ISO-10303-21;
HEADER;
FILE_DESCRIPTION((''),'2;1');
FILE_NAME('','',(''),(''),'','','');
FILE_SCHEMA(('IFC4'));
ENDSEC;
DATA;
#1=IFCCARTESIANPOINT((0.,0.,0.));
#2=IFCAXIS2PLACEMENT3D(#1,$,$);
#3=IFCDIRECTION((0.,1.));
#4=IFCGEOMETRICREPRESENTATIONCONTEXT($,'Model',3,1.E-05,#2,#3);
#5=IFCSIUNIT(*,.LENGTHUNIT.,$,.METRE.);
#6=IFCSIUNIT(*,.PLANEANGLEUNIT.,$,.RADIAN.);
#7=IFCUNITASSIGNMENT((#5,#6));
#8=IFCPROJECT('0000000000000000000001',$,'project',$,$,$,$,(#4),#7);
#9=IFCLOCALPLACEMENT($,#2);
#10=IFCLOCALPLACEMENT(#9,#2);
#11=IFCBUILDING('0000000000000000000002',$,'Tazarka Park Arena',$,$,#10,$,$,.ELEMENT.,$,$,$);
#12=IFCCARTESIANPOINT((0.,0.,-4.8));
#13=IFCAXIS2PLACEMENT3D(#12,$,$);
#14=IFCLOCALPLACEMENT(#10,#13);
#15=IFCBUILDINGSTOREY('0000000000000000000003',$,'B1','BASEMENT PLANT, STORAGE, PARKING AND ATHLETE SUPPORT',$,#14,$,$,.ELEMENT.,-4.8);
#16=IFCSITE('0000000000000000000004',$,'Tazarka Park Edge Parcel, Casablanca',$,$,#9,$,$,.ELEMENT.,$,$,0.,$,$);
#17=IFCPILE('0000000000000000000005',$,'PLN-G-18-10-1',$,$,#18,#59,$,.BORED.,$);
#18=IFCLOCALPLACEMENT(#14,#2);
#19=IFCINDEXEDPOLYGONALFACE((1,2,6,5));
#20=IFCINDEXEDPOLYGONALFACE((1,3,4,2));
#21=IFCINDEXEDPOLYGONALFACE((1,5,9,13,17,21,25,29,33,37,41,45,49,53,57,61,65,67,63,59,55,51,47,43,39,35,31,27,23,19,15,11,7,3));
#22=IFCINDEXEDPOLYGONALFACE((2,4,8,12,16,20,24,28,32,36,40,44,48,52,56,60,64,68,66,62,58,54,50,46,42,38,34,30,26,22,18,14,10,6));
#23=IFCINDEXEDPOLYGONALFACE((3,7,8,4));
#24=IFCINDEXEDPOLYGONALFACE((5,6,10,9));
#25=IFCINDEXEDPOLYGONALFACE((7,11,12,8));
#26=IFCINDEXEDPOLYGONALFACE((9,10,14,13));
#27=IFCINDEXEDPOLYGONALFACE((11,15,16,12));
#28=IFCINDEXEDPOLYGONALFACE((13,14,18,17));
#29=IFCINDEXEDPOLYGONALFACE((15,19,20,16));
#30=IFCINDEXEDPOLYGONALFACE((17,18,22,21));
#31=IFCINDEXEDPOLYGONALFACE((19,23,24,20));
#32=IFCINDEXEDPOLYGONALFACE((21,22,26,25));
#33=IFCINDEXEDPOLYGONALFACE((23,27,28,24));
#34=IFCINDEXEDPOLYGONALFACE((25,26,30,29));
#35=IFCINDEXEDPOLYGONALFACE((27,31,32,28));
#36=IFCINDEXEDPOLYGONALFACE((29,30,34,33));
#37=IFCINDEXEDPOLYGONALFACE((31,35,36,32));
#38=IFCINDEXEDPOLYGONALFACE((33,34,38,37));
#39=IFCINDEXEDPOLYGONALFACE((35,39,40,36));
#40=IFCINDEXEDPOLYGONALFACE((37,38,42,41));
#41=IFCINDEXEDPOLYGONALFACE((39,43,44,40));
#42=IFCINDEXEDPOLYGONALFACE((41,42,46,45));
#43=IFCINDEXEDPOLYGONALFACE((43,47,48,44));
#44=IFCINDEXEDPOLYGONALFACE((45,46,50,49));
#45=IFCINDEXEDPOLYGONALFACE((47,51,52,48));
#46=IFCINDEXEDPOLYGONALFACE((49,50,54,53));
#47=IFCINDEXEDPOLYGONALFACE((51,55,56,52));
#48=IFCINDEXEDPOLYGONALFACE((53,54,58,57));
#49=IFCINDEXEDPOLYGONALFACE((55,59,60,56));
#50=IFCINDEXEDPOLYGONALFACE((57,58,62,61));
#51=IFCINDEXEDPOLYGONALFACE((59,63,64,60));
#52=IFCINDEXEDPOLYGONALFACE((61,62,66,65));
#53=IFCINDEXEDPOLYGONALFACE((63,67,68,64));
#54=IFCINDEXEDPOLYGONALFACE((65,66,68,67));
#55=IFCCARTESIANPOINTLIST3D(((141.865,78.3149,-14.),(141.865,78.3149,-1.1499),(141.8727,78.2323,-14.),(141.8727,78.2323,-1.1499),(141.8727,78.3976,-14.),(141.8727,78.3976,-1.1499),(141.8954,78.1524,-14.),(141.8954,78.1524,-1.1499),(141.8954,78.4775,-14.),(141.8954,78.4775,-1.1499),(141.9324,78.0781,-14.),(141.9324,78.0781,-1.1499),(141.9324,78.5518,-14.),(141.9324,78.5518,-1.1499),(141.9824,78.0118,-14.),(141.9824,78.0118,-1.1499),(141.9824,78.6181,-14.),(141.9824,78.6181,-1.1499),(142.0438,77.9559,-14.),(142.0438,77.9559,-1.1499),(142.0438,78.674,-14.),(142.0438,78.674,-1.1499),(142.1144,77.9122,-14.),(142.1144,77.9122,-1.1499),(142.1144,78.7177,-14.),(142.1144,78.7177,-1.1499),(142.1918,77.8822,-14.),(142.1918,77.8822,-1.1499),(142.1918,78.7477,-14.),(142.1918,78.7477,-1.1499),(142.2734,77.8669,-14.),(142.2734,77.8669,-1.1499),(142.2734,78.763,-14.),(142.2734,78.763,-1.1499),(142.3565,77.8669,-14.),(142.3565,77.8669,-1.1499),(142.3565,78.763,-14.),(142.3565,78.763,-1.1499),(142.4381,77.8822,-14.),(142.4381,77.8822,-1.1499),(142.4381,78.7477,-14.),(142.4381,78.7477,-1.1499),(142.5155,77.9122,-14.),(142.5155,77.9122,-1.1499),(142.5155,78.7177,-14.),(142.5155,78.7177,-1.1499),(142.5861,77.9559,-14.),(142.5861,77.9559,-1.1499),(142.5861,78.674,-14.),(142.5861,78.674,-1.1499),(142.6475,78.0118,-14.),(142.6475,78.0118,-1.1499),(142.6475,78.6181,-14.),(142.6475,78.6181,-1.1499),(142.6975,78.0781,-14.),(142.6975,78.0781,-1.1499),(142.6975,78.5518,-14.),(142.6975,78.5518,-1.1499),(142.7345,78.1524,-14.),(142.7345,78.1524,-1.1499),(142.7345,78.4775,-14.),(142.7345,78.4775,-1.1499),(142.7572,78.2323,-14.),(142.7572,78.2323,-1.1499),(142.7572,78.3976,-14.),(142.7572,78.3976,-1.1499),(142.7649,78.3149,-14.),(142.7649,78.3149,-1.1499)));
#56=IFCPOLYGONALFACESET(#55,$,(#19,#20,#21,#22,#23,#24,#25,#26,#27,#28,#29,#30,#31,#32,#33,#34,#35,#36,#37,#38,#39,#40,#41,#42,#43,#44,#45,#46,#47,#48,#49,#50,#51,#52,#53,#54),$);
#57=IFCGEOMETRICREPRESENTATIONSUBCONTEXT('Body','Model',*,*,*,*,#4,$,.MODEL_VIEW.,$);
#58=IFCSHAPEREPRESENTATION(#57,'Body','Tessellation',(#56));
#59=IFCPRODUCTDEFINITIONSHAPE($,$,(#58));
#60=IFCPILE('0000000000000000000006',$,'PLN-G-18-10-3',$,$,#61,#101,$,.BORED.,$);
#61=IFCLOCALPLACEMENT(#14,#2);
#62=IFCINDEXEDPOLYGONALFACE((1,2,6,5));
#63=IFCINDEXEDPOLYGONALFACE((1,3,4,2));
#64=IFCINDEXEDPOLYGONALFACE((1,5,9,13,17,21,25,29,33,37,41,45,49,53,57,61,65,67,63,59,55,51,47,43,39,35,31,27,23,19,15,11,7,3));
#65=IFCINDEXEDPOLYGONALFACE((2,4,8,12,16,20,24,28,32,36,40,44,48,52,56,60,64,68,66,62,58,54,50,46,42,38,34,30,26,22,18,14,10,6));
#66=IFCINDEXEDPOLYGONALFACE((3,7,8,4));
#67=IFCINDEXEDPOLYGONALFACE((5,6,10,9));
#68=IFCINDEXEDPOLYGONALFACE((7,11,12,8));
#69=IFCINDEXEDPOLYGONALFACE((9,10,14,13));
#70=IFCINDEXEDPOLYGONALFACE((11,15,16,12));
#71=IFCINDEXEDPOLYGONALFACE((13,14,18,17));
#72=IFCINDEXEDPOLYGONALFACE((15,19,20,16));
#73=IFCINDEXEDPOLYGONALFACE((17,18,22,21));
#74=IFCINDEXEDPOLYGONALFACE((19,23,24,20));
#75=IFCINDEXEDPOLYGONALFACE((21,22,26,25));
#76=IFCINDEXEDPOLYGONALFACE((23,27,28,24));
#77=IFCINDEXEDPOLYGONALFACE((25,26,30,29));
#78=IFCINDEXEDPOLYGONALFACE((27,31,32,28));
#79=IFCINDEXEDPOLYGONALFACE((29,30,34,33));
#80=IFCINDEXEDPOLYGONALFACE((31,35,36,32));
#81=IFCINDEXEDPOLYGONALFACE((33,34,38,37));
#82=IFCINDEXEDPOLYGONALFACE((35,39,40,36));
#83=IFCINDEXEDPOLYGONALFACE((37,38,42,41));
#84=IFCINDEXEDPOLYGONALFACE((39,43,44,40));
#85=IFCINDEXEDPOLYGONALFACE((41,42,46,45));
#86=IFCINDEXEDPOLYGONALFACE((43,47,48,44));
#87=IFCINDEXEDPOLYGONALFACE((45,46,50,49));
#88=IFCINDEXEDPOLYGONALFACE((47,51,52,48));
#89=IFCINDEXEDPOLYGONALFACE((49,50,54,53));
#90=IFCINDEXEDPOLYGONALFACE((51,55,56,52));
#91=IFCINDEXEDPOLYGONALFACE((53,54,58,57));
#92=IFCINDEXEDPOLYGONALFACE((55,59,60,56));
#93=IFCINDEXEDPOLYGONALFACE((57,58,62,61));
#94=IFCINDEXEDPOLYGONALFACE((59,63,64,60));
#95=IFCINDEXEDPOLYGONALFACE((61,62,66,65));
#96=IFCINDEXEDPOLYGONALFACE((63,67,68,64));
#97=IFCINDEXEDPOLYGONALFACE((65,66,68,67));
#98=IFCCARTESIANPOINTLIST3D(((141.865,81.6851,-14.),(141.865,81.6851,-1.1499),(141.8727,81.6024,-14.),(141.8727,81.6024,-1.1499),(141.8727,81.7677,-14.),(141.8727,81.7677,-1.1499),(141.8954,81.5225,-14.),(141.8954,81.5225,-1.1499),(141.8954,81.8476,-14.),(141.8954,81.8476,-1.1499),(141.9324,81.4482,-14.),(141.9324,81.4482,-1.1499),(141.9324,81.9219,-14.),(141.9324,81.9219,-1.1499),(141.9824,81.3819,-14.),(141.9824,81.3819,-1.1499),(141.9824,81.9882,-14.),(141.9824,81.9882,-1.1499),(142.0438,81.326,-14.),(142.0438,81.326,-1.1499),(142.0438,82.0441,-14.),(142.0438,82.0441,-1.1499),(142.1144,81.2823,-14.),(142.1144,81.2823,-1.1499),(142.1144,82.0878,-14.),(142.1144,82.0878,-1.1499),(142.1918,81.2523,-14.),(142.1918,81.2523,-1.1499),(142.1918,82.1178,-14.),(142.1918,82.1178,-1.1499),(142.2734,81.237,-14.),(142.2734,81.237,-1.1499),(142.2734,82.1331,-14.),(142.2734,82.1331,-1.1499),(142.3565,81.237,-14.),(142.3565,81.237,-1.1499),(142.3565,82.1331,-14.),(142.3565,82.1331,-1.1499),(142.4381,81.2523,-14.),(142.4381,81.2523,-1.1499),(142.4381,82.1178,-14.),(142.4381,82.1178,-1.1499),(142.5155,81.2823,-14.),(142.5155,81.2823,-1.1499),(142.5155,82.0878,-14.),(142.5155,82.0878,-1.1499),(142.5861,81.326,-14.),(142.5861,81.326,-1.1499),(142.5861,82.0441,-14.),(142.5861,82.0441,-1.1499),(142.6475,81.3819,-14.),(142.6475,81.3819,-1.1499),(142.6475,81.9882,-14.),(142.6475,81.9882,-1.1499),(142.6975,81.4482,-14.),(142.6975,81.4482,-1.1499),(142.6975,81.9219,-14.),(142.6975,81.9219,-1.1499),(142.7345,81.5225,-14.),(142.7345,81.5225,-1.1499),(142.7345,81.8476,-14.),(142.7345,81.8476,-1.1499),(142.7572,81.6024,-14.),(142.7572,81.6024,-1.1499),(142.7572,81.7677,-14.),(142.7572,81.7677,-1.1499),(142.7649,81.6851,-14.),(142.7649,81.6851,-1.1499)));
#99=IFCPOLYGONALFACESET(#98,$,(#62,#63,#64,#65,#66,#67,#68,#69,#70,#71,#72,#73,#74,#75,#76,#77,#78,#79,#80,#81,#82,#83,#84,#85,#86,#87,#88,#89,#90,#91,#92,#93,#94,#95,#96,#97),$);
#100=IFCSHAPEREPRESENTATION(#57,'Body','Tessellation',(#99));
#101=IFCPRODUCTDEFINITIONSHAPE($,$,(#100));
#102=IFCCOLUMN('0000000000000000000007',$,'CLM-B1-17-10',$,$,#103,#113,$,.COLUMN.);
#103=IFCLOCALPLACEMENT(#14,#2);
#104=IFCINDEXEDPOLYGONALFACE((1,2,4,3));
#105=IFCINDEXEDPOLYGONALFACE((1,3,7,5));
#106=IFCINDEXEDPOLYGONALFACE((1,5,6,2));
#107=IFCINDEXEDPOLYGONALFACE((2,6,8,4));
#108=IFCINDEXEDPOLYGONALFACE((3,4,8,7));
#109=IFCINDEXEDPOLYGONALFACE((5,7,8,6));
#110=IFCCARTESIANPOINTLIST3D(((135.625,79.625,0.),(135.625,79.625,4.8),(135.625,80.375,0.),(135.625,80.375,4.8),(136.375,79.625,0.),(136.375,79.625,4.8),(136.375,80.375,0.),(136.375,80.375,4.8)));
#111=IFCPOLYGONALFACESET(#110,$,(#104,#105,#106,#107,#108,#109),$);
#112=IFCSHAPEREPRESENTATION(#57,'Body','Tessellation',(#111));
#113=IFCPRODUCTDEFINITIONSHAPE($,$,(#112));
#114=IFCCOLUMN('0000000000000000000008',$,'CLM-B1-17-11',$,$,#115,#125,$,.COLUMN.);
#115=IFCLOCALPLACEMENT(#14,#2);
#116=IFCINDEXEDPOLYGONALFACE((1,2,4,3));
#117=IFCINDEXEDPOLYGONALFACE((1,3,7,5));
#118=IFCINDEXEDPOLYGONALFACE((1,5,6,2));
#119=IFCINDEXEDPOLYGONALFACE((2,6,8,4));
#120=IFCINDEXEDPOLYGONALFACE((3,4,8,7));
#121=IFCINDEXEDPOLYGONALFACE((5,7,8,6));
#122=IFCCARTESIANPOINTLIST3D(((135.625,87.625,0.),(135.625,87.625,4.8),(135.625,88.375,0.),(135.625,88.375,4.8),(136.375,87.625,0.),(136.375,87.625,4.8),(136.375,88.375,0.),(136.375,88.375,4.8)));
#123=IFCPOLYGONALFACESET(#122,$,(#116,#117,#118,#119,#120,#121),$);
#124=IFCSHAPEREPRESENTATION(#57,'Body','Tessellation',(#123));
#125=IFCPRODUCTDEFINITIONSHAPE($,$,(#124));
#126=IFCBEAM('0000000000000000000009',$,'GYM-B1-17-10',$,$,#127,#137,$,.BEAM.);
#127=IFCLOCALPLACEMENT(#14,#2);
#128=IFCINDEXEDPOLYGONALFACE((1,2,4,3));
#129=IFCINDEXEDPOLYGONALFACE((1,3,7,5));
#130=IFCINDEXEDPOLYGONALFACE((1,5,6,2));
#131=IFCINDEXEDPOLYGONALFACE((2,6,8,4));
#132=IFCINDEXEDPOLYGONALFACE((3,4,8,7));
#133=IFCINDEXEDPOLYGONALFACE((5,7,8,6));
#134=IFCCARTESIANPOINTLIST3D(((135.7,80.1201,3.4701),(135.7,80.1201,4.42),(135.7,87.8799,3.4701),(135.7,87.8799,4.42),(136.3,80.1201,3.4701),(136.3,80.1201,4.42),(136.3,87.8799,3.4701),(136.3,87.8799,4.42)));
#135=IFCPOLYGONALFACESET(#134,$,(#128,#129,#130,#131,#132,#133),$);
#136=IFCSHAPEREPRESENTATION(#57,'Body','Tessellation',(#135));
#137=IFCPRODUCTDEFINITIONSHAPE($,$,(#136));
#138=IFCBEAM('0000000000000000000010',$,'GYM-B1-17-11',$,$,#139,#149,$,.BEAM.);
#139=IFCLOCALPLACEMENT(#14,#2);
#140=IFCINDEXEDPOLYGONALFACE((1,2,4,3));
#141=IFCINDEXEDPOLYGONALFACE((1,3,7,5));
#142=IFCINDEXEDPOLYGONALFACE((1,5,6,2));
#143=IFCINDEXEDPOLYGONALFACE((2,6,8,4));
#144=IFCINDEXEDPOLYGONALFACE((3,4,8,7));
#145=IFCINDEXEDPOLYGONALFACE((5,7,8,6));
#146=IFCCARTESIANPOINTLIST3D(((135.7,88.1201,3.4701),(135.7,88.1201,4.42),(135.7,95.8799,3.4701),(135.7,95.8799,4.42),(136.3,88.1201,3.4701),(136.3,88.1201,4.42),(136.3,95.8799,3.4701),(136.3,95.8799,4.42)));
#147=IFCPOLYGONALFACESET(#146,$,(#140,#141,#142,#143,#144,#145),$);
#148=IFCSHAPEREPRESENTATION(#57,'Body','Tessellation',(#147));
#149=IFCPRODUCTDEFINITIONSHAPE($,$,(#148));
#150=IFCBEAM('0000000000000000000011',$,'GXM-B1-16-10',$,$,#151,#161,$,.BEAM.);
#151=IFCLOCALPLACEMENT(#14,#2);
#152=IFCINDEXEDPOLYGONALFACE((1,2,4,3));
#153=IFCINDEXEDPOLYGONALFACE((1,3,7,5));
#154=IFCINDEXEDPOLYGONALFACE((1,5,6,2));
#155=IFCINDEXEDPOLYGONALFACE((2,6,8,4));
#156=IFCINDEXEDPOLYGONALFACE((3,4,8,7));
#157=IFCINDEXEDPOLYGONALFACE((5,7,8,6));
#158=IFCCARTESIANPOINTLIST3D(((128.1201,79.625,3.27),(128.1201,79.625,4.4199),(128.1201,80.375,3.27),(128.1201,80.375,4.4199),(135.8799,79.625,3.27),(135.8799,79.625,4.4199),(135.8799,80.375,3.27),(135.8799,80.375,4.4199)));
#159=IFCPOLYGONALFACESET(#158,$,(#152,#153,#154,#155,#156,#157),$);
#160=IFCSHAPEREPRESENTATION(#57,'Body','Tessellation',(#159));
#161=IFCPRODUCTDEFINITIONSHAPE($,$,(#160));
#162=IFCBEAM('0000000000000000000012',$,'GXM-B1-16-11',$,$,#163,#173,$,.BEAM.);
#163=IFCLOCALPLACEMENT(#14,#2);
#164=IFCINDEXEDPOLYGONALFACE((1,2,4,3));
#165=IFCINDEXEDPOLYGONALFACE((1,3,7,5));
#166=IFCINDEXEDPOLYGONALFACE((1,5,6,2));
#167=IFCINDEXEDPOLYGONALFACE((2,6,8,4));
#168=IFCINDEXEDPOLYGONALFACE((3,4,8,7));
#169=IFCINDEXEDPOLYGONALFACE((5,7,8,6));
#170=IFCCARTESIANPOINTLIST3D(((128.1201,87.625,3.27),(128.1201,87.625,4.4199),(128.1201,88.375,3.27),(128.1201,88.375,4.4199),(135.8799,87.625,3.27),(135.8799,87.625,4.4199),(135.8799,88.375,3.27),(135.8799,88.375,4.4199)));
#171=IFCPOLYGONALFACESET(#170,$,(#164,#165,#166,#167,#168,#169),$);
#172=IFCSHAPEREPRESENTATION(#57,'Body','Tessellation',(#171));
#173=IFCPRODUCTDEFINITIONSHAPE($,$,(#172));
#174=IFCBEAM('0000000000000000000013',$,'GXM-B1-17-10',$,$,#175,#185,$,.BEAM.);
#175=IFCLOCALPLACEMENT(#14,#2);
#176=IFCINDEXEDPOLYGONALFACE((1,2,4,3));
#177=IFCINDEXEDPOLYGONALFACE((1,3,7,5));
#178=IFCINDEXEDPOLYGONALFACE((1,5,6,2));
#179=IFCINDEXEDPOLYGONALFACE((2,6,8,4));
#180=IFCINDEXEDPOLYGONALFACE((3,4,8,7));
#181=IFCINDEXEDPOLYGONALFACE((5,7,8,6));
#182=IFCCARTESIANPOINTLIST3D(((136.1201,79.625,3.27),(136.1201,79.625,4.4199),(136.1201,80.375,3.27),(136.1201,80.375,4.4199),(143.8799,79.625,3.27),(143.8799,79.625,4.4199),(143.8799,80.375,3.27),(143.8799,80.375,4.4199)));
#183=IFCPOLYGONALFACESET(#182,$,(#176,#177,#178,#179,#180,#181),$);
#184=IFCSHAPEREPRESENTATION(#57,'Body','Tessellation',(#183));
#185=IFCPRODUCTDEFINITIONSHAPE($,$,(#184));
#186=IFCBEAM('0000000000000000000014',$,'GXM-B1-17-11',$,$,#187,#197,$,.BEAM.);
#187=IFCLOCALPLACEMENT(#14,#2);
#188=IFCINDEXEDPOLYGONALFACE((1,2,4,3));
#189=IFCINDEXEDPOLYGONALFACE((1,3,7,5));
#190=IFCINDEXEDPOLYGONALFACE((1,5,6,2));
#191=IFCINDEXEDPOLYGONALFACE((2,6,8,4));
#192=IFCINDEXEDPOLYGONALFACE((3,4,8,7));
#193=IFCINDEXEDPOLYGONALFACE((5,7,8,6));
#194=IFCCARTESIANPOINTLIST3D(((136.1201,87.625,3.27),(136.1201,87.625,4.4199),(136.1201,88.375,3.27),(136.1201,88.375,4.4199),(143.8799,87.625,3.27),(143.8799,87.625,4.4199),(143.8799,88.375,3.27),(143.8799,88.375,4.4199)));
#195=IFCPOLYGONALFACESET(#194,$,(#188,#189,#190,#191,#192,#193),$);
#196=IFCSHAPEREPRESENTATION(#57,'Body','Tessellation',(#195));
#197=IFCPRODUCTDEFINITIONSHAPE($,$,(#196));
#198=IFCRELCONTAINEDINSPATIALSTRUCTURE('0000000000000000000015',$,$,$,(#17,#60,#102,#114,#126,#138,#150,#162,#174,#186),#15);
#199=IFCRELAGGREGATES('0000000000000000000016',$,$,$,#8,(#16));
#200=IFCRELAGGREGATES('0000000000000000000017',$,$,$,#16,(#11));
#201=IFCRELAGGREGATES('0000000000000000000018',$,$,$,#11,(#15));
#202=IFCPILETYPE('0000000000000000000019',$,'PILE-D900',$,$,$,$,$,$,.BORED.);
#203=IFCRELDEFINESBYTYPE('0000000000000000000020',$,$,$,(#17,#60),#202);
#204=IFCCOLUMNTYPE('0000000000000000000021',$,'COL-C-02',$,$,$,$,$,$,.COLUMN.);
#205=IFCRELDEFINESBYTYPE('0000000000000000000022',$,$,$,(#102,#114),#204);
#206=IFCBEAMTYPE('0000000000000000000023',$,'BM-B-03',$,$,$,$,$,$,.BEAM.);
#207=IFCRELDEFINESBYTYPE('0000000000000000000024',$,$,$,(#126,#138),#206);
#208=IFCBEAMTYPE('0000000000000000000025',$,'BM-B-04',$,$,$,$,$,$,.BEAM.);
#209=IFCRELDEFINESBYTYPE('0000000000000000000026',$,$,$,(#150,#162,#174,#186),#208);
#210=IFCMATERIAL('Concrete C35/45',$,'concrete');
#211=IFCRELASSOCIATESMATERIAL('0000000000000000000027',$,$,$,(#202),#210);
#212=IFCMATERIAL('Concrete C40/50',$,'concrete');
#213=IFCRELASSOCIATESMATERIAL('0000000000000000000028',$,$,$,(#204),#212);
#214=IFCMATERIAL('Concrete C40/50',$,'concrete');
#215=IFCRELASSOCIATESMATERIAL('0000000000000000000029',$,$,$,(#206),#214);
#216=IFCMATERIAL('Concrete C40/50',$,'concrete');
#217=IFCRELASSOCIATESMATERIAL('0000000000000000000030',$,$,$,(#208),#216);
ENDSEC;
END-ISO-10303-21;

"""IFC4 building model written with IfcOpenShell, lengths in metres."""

from ifc_helpers import new_model, si_unit, direction, frame, origin, origin_2d, place, context, subcontext, project, spatial, rectangle, circle, extrude, material, material_profile, profile_set, type_object, element, save


model = new_model("IFC4")

# Units and contexts
model_context = context("Model", 3, precision=1e-05, world=origin(), true_north=direction((0.0, 1.0)))
body_context = subcontext(model_context, "Body", "Model", "MODEL_VIEW")
ifc_project = project(units=[si_unit("LENGTHUNIT", "METRE"), si_unit("PLANEANGLEUNIT", "RADIAN")], contexts=[model_context])

# Site, building, storey
site_placement = place(None, origin())
site = spatial("IfcSite", under=ifc_project, at=site_placement, Name="Tazarka Park Edge Parcel, Casablanca", CompositionType="ELEMENT", RefElevation=0.0)
building_placement = place(site_placement, origin())
building = spatial("IfcBuilding", under=site, at=building_placement, Name="Tazarka Park Arena", CompositionType="ELEMENT")
storey_placement = place(building_placement, frame((0.0, 0.0, -4.8)))
storey = spatial("IfcBuildingStorey", under=building, at=storey_placement, Name="B1", Description="BASEMENT PLANT, STORAGE, PARKING AND ATHLETE SUPPORT", CompositionType="ELEMENT", Elevation=-4.8)

# Piles
ifc_material_1 = material(Name="Concrete C35/45", Category="concrete")
ifc_material_profile_1 = material_profile(ifc_material_1, circle(Radius=0.45, at=origin_2d()), Name="Concrete C35/45")
ifc_profile_set_1 = profile_set([ifc_material_profile_1], Name="Concrete C35/45")
pile_type_1 = type_object("IfcPileType", Name="PILE-D900", PredefinedType="BORED", material=ifc_profile_set_1)
for number, where, z_axis, x_axis, name in (
    (1, (142.3149, 78.3149, -1.1499), (0.0, 0.0, -1.0), (1.0, 0.0, 0.0), "PLN-G-18-10-1"),
    (2, (142.3149, 81.6851, -1.1499), (0.0, 0.0, -1.0), (1.0, 0.0, 0.0), "PLN-G-18-10-3"),
):
    element("IfcPile", number, at=place(storey_placement, frame(where, z_axis=z_axis, x_axis=x_axis)), inside=storey, type_object=pile_type_1, Name=name, PredefinedType="BORED", context=body_context, shape_type="SweptSolid", body=[
        extrude(circle(Radius=0.45, at=origin_2d()), origin(), (0.0, 0.0, 1.0), 12.8501),
    ])

# Columns
ifc_material_2 = material(Name="Concrete C40/50", Category="concrete")
ifc_material_profile_2 = material_profile(ifc_material_2, rectangle(XDim=0.75, YDim=0.75, at=origin_2d()), Name="Concrete C40/50")
ifc_profile_set_2 = profile_set([ifc_material_profile_2], Name="Concrete C40/50")
column_type = type_object("IfcColumnType", Name="COL-C-02", PredefinedType="COLUMN", material=ifc_profile_set_2)
for number, where, z_axis, x_axis, name in (
    (3, (136.0, 80.0, 0.0), (0.0, 0.0, 1.0), (1.0, 0.0, 0.0), "CLM-B1-17-10"),
    (4, (136.0, 88.0, 0.0), (0.0, 0.0, 1.0), (1.0, 0.0, 0.0), "CLM-B1-17-11"),
):
    element("IfcColumn", number, at=place(storey_placement, frame(where, z_axis=z_axis, x_axis=x_axis)), inside=storey, type_object=column_type, Name=name, PredefinedType="COLUMN", context=body_context, shape_type="SweptSolid", body=[
        extrude(rectangle(XDim=0.75, YDim=0.75, at=origin_2d()), origin(), (0.0, 0.0, 1.0), 4.8),
    ])

# Beams
ifc_material_3 = material(Name="Concrete C40/50", Category="concrete")
ifc_material_profile_3 = material_profile(ifc_material_3, rectangle(XDim=0.6001, YDim=0.95, at=origin_2d()), Name="Concrete C40/50")
ifc_profile_set_3 = profile_set([ifc_material_profile_3], Name="Concrete C40/50")
beam_type_1 = type_object("IfcBeamType", Name="BM-B-03", PredefinedType="BEAM", material=ifc_profile_set_3)
for number, where, z_axis, x_axis, name in (
    (5, (136.0, 80.1201, 3.9451), (0.0, 1.0, 0.0), (-1.0, 0.0, 0.0), "GYM-B1-17-10"),
    (6, (136.0, 88.1201, 3.9451), (0.0, 1.0, 0.0), (-1.0, 0.0, 0.0), "GYM-B1-17-11"),
):
    element("IfcBeam", number, at=place(storey_placement, frame(where, z_axis=z_axis, x_axis=x_axis)), inside=storey, type_object=beam_type_1, Name=name, PredefinedType="BEAM", context=body_context, shape_type="SweptSolid", body=[
        extrude(rectangle(XDim=0.6001, YDim=0.95, at=origin_2d()), origin(), (0.0, 0.0, 1.0), 7.7598),
    ])
ifc_material_4 = material(Name="Concrete C40/50", Category="concrete")
ifc_material_profile_4 = material_profile(ifc_material_4, rectangle(XDim=0.75, YDim=1.1499, at=origin_2d()), Name="Concrete C40/50")
ifc_profile_set_4 = profile_set([ifc_material_profile_4], Name="Concrete C40/50")
beam_type_2 = type_object("IfcBeamType", Name="BM-B-04", PredefinedType="BEAM", material=ifc_profile_set_4)
for number, where, z_axis, x_axis, name in (
    (7, (128.1201, 80.0, 3.845), (1.0, 0.0, 0.0), (0.0, 1.0, 0.0), "GXM-B1-16-10"),
    (8, (128.1201, 88.0, 3.845), (1.0, 0.0, 0.0), (0.0, 1.0, 0.0), "GXM-B1-16-11"),
    (9, (136.1201, 80.0, 3.845), (1.0, 0.0, 0.0), (0.0, 1.0, 0.0), "GXM-B1-17-10"),
    (10, (136.1201, 88.0, 3.845), (1.0, 0.0, 0.0), (0.0, 1.0, 0.0), "GXM-B1-17-11"),
):
    element("IfcBeam", number, at=place(storey_placement, frame(where, z_axis=z_axis, x_axis=x_axis)), inside=storey, type_object=beam_type_2, Name=name, PredefinedType="BEAM", context=body_context, shape_type="SweptSolid", body=[
        extrude(rectangle(XDim=0.75, YDim=1.1499, at=origin_2d()), origin(), (0.0, 0.0, 1.0), 7.7598),
    ])

save(model, "model.ifc")
